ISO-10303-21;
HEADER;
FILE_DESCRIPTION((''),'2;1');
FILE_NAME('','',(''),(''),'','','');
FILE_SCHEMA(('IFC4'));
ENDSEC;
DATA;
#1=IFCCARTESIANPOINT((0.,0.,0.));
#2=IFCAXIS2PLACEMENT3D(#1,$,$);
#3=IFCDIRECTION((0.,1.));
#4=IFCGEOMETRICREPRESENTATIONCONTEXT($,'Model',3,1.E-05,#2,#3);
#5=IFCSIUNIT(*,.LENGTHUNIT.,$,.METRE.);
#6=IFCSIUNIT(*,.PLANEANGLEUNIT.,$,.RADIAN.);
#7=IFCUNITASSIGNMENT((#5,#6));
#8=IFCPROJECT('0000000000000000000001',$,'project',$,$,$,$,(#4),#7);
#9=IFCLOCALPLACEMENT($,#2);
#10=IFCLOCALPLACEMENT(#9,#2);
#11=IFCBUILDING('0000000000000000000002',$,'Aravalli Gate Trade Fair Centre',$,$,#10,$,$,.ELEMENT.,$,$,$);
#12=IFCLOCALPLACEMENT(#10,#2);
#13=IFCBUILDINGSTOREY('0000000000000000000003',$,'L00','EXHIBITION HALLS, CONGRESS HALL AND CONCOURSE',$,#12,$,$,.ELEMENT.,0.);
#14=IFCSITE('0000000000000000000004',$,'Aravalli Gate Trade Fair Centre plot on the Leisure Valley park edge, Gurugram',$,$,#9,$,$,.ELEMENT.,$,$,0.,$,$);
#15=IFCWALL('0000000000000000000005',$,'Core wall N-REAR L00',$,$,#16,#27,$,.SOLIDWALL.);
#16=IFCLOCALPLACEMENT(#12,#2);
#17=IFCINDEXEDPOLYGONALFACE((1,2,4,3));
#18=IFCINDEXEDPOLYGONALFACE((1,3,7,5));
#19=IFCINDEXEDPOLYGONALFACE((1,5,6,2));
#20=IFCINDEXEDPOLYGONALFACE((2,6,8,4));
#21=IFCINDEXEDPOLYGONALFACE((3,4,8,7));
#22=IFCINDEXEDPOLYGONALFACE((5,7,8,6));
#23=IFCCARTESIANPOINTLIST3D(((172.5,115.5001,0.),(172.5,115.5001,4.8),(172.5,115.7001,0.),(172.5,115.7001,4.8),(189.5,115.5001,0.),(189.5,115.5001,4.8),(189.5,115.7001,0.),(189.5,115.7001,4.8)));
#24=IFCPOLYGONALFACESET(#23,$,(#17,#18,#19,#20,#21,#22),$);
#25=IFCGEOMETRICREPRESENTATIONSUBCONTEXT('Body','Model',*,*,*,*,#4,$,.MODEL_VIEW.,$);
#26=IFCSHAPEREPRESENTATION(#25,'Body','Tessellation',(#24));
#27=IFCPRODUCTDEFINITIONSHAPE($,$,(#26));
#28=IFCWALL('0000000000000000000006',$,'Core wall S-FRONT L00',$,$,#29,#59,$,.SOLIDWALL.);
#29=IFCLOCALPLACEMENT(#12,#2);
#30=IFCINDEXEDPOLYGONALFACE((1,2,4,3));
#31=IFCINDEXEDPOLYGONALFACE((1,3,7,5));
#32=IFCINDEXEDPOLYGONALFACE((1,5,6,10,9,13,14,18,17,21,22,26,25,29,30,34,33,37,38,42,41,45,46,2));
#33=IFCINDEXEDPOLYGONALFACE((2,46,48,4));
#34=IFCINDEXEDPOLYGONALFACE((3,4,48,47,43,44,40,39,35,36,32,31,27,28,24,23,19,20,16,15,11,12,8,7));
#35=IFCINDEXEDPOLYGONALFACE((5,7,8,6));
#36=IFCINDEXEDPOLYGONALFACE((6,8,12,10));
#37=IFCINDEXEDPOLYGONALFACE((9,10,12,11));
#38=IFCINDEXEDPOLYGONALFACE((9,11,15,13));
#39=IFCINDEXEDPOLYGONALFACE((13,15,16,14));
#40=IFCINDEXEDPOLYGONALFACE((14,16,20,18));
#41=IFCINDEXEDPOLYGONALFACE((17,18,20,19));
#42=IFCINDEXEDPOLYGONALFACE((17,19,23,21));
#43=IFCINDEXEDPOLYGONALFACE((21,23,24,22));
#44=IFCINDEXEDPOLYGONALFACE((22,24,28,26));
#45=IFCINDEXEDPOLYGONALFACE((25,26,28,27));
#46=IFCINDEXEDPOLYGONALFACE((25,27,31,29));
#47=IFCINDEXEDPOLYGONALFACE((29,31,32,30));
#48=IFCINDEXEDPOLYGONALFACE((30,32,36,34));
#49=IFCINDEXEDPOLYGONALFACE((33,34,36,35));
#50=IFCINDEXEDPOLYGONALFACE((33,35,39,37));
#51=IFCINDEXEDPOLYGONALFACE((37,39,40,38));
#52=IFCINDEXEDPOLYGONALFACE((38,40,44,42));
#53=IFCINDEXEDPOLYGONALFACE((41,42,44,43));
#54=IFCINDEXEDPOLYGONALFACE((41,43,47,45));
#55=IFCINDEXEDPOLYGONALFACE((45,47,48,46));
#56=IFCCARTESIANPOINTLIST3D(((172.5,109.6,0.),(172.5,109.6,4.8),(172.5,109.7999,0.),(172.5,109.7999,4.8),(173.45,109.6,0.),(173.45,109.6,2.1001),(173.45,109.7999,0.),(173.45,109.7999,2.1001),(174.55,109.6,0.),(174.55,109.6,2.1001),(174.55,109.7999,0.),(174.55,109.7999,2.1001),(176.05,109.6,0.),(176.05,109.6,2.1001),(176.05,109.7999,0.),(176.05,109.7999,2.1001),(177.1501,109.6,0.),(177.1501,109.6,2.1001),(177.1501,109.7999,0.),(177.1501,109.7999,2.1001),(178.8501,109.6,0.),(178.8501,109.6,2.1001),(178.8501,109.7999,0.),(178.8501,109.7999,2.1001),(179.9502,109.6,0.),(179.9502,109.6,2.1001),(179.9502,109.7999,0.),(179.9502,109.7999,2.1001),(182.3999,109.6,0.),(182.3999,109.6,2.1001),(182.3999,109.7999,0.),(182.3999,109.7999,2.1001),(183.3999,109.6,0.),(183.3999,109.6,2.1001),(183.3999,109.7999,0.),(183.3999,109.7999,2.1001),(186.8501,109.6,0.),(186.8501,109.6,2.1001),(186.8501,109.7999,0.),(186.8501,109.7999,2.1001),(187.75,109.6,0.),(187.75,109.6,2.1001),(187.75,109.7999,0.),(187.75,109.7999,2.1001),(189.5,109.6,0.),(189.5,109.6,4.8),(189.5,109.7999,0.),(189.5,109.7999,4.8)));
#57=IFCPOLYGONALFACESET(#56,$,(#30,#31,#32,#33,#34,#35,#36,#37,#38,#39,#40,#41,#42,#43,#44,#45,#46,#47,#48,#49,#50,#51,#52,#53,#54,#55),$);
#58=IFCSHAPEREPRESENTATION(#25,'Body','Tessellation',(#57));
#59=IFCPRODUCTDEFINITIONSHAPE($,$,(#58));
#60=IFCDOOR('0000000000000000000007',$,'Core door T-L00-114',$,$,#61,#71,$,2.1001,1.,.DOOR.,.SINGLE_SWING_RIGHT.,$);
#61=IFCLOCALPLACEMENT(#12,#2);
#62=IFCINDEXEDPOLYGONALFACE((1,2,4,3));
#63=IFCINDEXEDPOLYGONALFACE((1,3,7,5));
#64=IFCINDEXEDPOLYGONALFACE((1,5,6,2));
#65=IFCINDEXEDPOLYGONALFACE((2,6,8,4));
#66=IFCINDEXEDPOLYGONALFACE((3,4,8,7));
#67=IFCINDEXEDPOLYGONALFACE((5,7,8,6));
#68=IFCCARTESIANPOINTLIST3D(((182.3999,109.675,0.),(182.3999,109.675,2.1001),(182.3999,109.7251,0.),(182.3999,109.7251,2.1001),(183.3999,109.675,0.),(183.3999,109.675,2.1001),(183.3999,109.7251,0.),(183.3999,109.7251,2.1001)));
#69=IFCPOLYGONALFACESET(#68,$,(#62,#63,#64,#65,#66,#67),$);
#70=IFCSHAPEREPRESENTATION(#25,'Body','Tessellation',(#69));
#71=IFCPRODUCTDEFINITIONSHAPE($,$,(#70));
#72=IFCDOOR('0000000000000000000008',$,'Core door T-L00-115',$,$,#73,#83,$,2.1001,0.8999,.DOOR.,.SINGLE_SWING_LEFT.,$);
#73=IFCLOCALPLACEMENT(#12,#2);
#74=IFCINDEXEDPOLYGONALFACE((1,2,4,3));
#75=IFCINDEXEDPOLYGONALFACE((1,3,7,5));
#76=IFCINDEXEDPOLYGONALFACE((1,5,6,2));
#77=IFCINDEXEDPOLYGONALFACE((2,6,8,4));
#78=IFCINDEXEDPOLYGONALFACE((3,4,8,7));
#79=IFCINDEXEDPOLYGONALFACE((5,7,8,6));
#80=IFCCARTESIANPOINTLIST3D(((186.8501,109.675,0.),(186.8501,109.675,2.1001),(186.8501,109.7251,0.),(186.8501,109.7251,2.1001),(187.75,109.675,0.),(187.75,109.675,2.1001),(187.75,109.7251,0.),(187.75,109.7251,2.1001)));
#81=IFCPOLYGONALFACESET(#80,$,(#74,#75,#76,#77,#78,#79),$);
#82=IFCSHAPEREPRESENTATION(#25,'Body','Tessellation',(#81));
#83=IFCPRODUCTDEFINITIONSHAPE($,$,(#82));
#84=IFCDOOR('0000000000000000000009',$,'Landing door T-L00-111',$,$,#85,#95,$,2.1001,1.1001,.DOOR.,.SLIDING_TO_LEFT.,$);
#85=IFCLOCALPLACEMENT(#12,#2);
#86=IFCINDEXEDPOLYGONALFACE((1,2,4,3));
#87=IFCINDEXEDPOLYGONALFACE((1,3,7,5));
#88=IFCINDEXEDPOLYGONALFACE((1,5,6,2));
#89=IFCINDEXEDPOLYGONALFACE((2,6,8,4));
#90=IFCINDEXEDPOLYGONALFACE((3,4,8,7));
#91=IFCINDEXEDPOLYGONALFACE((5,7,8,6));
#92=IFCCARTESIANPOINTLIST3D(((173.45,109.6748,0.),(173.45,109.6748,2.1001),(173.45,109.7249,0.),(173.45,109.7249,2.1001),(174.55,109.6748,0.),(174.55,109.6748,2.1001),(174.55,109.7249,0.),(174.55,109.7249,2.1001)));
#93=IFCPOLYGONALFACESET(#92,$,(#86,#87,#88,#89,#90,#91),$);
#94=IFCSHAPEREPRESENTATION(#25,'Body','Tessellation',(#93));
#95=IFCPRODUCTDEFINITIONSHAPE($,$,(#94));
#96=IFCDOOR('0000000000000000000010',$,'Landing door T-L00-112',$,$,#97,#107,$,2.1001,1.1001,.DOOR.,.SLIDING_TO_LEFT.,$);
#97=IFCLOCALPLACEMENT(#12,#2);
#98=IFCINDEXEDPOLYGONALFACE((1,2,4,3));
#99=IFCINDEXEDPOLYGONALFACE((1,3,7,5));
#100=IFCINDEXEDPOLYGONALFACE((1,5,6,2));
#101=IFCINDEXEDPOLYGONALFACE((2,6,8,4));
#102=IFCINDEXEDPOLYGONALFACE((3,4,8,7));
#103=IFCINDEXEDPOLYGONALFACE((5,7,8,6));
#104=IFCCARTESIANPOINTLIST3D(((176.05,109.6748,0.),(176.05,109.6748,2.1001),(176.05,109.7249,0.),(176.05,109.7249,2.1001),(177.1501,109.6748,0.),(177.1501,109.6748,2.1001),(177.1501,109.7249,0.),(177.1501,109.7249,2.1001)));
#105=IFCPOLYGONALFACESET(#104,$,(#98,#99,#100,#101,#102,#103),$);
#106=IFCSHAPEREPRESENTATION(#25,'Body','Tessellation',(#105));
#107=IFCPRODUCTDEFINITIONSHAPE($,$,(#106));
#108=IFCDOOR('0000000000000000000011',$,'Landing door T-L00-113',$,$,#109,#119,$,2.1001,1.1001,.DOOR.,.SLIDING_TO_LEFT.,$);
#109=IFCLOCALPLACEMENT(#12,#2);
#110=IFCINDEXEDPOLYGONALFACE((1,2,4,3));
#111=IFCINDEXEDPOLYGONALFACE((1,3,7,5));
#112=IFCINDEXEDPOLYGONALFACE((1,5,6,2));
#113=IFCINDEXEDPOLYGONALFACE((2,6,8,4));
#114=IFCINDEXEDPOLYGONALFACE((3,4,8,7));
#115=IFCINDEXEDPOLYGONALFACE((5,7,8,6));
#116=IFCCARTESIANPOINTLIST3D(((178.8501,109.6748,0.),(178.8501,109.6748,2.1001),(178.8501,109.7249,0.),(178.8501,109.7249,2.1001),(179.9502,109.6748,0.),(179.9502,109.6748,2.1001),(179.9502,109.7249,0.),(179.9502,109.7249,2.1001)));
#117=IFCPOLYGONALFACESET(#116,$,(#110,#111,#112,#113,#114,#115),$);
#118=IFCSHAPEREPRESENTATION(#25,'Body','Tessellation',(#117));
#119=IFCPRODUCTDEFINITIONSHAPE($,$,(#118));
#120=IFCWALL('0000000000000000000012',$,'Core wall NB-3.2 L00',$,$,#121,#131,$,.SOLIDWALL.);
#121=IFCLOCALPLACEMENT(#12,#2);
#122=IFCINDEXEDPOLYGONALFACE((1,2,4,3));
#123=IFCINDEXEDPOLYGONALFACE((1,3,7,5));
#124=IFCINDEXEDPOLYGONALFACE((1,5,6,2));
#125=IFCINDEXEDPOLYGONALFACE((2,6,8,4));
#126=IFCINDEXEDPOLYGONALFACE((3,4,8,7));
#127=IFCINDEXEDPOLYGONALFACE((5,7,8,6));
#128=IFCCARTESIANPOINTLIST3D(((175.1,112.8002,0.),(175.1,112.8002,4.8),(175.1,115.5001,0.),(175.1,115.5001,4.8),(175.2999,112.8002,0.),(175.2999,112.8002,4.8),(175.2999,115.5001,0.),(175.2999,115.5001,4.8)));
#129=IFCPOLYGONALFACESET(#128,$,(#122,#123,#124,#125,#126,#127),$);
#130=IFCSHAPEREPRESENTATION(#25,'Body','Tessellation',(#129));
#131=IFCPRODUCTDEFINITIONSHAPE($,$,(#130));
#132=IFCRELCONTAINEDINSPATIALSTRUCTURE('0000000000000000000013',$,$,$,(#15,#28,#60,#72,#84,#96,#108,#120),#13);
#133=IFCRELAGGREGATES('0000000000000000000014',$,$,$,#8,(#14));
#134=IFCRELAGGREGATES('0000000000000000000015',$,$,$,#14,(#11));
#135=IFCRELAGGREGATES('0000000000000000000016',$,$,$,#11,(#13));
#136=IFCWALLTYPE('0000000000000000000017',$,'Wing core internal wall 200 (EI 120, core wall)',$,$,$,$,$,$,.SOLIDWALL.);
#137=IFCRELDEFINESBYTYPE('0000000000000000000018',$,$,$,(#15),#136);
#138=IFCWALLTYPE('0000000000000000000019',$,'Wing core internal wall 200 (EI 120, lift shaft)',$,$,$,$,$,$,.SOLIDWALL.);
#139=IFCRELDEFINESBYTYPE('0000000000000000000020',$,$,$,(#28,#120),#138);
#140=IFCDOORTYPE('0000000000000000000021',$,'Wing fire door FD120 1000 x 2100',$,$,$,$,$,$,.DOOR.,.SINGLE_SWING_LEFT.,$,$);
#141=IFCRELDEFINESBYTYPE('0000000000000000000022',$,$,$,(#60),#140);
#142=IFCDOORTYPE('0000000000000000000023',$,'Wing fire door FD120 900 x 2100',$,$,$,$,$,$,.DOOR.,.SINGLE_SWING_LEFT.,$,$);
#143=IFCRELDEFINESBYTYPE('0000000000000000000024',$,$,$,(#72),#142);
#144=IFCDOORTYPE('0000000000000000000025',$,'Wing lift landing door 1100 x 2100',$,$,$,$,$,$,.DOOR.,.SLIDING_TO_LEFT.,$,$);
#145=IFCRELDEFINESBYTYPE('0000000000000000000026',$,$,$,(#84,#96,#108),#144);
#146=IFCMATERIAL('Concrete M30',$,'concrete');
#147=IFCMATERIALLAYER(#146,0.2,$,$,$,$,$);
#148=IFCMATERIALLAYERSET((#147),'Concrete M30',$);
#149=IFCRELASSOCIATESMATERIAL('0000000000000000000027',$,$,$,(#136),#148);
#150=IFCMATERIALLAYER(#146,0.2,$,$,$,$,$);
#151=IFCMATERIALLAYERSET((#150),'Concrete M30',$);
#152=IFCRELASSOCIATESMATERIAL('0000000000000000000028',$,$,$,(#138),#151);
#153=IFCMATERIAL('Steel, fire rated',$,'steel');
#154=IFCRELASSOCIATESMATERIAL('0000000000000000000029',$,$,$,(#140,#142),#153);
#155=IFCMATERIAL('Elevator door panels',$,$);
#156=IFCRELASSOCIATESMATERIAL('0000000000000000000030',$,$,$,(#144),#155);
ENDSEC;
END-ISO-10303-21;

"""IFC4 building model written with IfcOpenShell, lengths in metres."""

from ifc_helpers import new_model, si_unit, direction, frame, frame_2d, origin, place, context, subcontext, project, spatial, rectangle, extrude, material, layer, layer_set, type_object, element, fill, save


model = new_model("IFC4")

# Units and contexts
model_context = context("Model", 3, precision=1e-05, world=origin(), true_north=direction((0.0, 1.0)))
body_context = subcontext(model_context, "Body", "Model", "MODEL_VIEW")
ifc_project = project(units=[si_unit("LENGTHUNIT", "METRE"), si_unit("PLANEANGLEUNIT", "RADIAN")], contexts=[model_context])

# Site, building, storey
site_placement = place(None, origin())
site = spatial("IfcSite", under=ifc_project, at=site_placement, Name="Aravalli Gate Trade Fair Centre plot on the Leisure Valley park edge, Gurugram", CompositionType="ELEMENT", RefElevation=0.0)
building_placement = place(site_placement, origin())
building = spatial("IfcBuilding", under=site, at=building_placement, Name="Aravalli Gate Trade Fair Centre", CompositionType="ELEMENT")
storey_placement = place(building_placement, origin())
storey = spatial("IfcBuildingStorey", under=building, at=storey_placement, Name="L00", Description="EXHIBITION HALLS, CONGRESS HALL AND CONCOURSE", CompositionType="ELEMENT", Elevation=0.0)

# Wall
ifc_material_1 = material(Name="Concrete M30", Category="concrete")
ifc_layer_1 = layer(ifc_material_1, 0.2)
ifc_layer_set_1 = layer_set([ifc_layer_1], Name="Concrete M30")
wall_type_1 = type_object("IfcWallType", Name="Wing core internal wall 200 (EI 120, core wall)", PredefinedType="SOLIDWALL", material=ifc_layer_set_1)
wall_1_placement = place(storey_placement, frame((172.5, 115.6001, 0.0), z_axis=(0.0, 0.0, 1.0), x_axis=(1.0, 0.0, 0.0)))
element("IfcWall", 1, at=wall_1_placement, inside=storey, type_object=wall_type_1, Name="Core wall N-REAR L00", PredefinedType="SOLIDWALL", context=body_context, shape_type="SweptSolid", body=[
    extrude(rectangle(XDim=17.0, YDim=0.2, at=frame_2d((8.5, 0.0))), origin(), (0.0, 0.0, 1.0), 4.8),
])

# Wall, openings, doors
ifc_layer_2 = layer(ifc_material_1, 0.2)
ifc_layer_set_2 = layer_set([ifc_layer_2], Name="Concrete M30")
wall_type_2 = type_object("IfcWallType", Name="Wing core internal wall 200 (EI 120, lift shaft)", PredefinedType="SOLIDWALL", material=ifc_layer_set_2)
wall_2_placement = place(storey_placement, frame((172.5, 109.7, 0.0), z_axis=(0.0, 0.0, 1.0), x_axis=(1.0, 0.0, 0.0)))
wall_2 = element("IfcWall", 2, at=wall_2_placement, inside=storey, type_object=wall_type_2, Name="Core wall S-FRONT L00", PredefinedType="SOLIDWALL", context=body_context, shape_type="SweptSolid", body=[
    extrude(rectangle(XDim=17.0, YDim=0.2, at=frame_2d((8.5, 0.0))), origin(), (0.0, 0.0, 1.0), 4.8),
])
opening_1_placement = place(wall_2_placement, frame((0.95, 0.0, 0.0)))
opening_1 = element("IfcOpeningElement", 3, at=opening_1_placement, cuts=wall_2, PredefinedType="OPENING", context=body_context, shape_type="SweptSolid", body=[
    extrude(rectangle(XDim=1.1001, YDim=2.1001, at=frame_2d((0.55, 1.05))), frame((0.0, 0.1099, 0.0), z_axis=(0.0, -1.0, 0.0), x_axis=(1.0, 0.0, 0.0)), (0.0, 0.0, 1.0), 0.22),
])
opening_2_placement = place(wall_2_placement, frame((3.55, 0.0, 0.0)))
opening_2 = element("IfcOpeningElement", 4, at=opening_2_placement, cuts=wall_2, PredefinedType="OPENING", context=body_context, shape_type="SweptSolid", body=[
    extrude(rectangle(XDim=1.1001, YDim=2.1001, at=frame_2d((0.55, 1.05))), frame((0.0, 0.1099, 0.0), z_axis=(0.0, -1.0, 0.0), x_axis=(1.0, 0.0, 0.0)), (0.0, 0.0, 1.0), 0.22),
])
opening_3_placement = place(wall_2_placement, frame((6.3501, 0.0, 0.0)))
opening_3 = element("IfcOpeningElement", 5, at=opening_3_placement, cuts=wall_2, PredefinedType="OPENING", context=body_context, shape_type="SweptSolid", body=[
    extrude(rectangle(XDim=1.1001, YDim=2.1001, at=frame_2d((0.55, 1.05))), frame((0.0, 0.1099, 0.0), z_axis=(0.0, -1.0, 0.0), x_axis=(1.0, 0.0, 0.0)), (0.0, 0.0, 1.0), 0.22),
])
opening_4_placement = place(wall_2_placement, frame((9.8999, 0.0, 0.0)))
opening_4 = element("IfcOpeningElement", 6, at=opening_4_placement, cuts=wall_2, PredefinedType="OPENING", context=body_context, shape_type="SweptSolid", body=[
    extrude(rectangle(XDim=1.0, YDim=2.1001, at=frame_2d((0.5, 1.05))), frame((0.0, 0.1099, 0.0), z_axis=(0.0, -1.0, 0.0), x_axis=(1.0, 0.0, 0.0)), (0.0, 0.0, 1.0), 0.22),
])
opening_5_placement = place(wall_2_placement, frame((14.3501, 0.0, 0.0)))
opening_5 = element("IfcOpeningElement", 7, at=opening_5_placement, cuts=wall_2, PredefinedType="OPENING", context=body_context, shape_type="SweptSolid", body=[
    extrude(rectangle(XDim=0.8999, YDim=2.1001, at=frame_2d((0.45, 1.05))), frame((0.0, 0.1099, 0.0), z_axis=(0.0, -1.0, 0.0), x_axis=(1.0, 0.0, 0.0)), (0.0, 0.0, 1.0), 0.22),
])
ifc_material_2 = material(Name="Steel, fire rated", Category="steel")
door_type_1 = type_object("IfcDoorType", Name="Wing fire door FD120 1000 x 2100", OperationType="SINGLE_SWING_LEFT", PredefinedType="DOOR", material=ifc_material_2)
door_1_placement = place(opening_4_placement, frame((1.0, 0.0, 0.0), z_axis=(0.0, 0.0, 1.0), x_axis=(-1.0, 0.0, 0.0)))
door_1 = element("IfcDoor", 8, at=door_1_placement, inside=storey, type_object=door_type_1, Name="Core door T-L00-114", OperationType="SINGLE_SWING_RIGHT", OverallHeight=2.1001, OverallWidth=1.0, PredefinedType="DOOR", context=body_context, shape_type="SweptSolid", body=[
    extrude(rectangle(XDim=1.0, YDim=2.1001, at=frame_2d((0.5, 1.05))), frame((0.0, 0.0249, 0.0), z_axis=(0.0, -1.0, 0.0), x_axis=(1.0, 0.0, 0.0)), (0.0, 0.0, 1.0), 0.05),
])
fill(opening_4, door_1)
door_type_2 = type_object("IfcDoorType", Name="Wing fire door FD120 900 x 2100", OperationType="SINGLE_SWING_LEFT", PredefinedType="DOOR", material=ifc_material_2)
door_2_placement = place(opening_5_placement, frame((0.8999, 0.0, 0.0), z_axis=(0.0, 0.0, 1.0), x_axis=(-1.0, 0.0, 0.0)))
door_2 = element("IfcDoor", 9, at=door_2_placement, inside=storey, type_object=door_type_2, Name="Core door T-L00-115", OperationType="SINGLE_SWING_LEFT", OverallHeight=2.1001, OverallWidth=0.8999, PredefinedType="DOOR", context=body_context, shape_type="SweptSolid", body=[
    extrude(rectangle(XDim=0.8999, YDim=2.1001, at=frame_2d((0.45, 1.05))), frame((0.0, 0.0249, 0.0), z_axis=(0.0, -1.0, 0.0), x_axis=(1.0, 0.0, 0.0)), (0.0, 0.0, 1.0), 0.05),
])
fill(opening_5, door_2)
ifc_material_3 = material(Name="Elevator door panels")
door_type_3 = type_object("IfcDoorType", Name="Wing lift landing door 1100 x 2100", OperationType="SLIDING_TO_LEFT", PredefinedType="DOOR", material=ifc_material_3)
door_3_placement = place(opening_1_placement, origin())
door_3 = element("IfcDoor", 10, at=door_3_placement, inside=storey, type_object=door_type_3, Name="Landing door T-L00-111", OperationType="SLIDING_TO_LEFT", OverallHeight=2.1001, OverallWidth=1.1001, PredefinedType="DOOR", context=body_context, shape_type="SweptSolid", body=[
    extrude(rectangle(XDim=1.1001, YDim=2.1001, at=frame_2d((0.55, 1.05))), frame((0.0, 0.0249, 0.0), z_axis=(0.0, -1.0, 0.0), x_axis=(1.0, 0.0, 0.0)), (0.0, 0.0, 1.0), 0.05),
])
fill(opening_1, door_3)
door_4_placement = place(opening_2_placement, origin())
door_4 = element("IfcDoor", 11, at=door_4_placement, inside=storey, type_object=door_type_3, Name="Landing door T-L00-112", OperationType="SLIDING_TO_LEFT", OverallHeight=2.1001, OverallWidth=1.1001, PredefinedType="DOOR", context=body_context, shape_type="SweptSolid", body=[
    extrude(rectangle(XDim=1.1001, YDim=2.1001, at=frame_2d((0.55, 1.05))), frame((0.0, 0.0249, 0.0), z_axis=(0.0, -1.0, 0.0), x_axis=(1.0, 0.0, 0.0)), (0.0, 0.0, 1.0), 0.05),
])
fill(opening_2, door_4)
door_5_placement = place(opening_3_placement, origin())
door_5 = element("IfcDoor", 12, at=door_5_placement, inside=storey, type_object=door_type_3, Name="Landing door T-L00-113", OperationType="SLIDING_TO_LEFT", OverallHeight=2.1001, OverallWidth=1.1001, PredefinedType="DOOR", context=body_context, shape_type="SweptSolid", body=[
    extrude(rectangle(XDim=1.1001, YDim=2.1001, at=frame_2d((0.55, 1.05))), frame((0.0, 0.0249, 0.0), z_axis=(0.0, -1.0, 0.0), x_axis=(1.0, 0.0, 0.0)), (0.0, 0.0, 1.0), 0.05),
])
fill(opening_3, door_5)

# Wall
wall_3_placement = place(storey_placement, frame((175.2, 112.8, 0.0), z_axis=(0.0, 0.0, 1.0), x_axis=(0.0, 1.0, 0.0)))
element("IfcWall", 13, at=wall_3_placement, inside=storey, type_object=wall_type_2, Name="Core wall NB-3.2 L00", PredefinedType="SOLIDWALL", context=body_context, shape_type="SweptSolid", body=[
    extrude(rectangle(XDim=2.7, YDim=0.2, at=frame_2d((1.3501, 0.0))), origin(), (0.0, 0.0, 1.0), 4.8),
])

save(model, "model.ifc")
